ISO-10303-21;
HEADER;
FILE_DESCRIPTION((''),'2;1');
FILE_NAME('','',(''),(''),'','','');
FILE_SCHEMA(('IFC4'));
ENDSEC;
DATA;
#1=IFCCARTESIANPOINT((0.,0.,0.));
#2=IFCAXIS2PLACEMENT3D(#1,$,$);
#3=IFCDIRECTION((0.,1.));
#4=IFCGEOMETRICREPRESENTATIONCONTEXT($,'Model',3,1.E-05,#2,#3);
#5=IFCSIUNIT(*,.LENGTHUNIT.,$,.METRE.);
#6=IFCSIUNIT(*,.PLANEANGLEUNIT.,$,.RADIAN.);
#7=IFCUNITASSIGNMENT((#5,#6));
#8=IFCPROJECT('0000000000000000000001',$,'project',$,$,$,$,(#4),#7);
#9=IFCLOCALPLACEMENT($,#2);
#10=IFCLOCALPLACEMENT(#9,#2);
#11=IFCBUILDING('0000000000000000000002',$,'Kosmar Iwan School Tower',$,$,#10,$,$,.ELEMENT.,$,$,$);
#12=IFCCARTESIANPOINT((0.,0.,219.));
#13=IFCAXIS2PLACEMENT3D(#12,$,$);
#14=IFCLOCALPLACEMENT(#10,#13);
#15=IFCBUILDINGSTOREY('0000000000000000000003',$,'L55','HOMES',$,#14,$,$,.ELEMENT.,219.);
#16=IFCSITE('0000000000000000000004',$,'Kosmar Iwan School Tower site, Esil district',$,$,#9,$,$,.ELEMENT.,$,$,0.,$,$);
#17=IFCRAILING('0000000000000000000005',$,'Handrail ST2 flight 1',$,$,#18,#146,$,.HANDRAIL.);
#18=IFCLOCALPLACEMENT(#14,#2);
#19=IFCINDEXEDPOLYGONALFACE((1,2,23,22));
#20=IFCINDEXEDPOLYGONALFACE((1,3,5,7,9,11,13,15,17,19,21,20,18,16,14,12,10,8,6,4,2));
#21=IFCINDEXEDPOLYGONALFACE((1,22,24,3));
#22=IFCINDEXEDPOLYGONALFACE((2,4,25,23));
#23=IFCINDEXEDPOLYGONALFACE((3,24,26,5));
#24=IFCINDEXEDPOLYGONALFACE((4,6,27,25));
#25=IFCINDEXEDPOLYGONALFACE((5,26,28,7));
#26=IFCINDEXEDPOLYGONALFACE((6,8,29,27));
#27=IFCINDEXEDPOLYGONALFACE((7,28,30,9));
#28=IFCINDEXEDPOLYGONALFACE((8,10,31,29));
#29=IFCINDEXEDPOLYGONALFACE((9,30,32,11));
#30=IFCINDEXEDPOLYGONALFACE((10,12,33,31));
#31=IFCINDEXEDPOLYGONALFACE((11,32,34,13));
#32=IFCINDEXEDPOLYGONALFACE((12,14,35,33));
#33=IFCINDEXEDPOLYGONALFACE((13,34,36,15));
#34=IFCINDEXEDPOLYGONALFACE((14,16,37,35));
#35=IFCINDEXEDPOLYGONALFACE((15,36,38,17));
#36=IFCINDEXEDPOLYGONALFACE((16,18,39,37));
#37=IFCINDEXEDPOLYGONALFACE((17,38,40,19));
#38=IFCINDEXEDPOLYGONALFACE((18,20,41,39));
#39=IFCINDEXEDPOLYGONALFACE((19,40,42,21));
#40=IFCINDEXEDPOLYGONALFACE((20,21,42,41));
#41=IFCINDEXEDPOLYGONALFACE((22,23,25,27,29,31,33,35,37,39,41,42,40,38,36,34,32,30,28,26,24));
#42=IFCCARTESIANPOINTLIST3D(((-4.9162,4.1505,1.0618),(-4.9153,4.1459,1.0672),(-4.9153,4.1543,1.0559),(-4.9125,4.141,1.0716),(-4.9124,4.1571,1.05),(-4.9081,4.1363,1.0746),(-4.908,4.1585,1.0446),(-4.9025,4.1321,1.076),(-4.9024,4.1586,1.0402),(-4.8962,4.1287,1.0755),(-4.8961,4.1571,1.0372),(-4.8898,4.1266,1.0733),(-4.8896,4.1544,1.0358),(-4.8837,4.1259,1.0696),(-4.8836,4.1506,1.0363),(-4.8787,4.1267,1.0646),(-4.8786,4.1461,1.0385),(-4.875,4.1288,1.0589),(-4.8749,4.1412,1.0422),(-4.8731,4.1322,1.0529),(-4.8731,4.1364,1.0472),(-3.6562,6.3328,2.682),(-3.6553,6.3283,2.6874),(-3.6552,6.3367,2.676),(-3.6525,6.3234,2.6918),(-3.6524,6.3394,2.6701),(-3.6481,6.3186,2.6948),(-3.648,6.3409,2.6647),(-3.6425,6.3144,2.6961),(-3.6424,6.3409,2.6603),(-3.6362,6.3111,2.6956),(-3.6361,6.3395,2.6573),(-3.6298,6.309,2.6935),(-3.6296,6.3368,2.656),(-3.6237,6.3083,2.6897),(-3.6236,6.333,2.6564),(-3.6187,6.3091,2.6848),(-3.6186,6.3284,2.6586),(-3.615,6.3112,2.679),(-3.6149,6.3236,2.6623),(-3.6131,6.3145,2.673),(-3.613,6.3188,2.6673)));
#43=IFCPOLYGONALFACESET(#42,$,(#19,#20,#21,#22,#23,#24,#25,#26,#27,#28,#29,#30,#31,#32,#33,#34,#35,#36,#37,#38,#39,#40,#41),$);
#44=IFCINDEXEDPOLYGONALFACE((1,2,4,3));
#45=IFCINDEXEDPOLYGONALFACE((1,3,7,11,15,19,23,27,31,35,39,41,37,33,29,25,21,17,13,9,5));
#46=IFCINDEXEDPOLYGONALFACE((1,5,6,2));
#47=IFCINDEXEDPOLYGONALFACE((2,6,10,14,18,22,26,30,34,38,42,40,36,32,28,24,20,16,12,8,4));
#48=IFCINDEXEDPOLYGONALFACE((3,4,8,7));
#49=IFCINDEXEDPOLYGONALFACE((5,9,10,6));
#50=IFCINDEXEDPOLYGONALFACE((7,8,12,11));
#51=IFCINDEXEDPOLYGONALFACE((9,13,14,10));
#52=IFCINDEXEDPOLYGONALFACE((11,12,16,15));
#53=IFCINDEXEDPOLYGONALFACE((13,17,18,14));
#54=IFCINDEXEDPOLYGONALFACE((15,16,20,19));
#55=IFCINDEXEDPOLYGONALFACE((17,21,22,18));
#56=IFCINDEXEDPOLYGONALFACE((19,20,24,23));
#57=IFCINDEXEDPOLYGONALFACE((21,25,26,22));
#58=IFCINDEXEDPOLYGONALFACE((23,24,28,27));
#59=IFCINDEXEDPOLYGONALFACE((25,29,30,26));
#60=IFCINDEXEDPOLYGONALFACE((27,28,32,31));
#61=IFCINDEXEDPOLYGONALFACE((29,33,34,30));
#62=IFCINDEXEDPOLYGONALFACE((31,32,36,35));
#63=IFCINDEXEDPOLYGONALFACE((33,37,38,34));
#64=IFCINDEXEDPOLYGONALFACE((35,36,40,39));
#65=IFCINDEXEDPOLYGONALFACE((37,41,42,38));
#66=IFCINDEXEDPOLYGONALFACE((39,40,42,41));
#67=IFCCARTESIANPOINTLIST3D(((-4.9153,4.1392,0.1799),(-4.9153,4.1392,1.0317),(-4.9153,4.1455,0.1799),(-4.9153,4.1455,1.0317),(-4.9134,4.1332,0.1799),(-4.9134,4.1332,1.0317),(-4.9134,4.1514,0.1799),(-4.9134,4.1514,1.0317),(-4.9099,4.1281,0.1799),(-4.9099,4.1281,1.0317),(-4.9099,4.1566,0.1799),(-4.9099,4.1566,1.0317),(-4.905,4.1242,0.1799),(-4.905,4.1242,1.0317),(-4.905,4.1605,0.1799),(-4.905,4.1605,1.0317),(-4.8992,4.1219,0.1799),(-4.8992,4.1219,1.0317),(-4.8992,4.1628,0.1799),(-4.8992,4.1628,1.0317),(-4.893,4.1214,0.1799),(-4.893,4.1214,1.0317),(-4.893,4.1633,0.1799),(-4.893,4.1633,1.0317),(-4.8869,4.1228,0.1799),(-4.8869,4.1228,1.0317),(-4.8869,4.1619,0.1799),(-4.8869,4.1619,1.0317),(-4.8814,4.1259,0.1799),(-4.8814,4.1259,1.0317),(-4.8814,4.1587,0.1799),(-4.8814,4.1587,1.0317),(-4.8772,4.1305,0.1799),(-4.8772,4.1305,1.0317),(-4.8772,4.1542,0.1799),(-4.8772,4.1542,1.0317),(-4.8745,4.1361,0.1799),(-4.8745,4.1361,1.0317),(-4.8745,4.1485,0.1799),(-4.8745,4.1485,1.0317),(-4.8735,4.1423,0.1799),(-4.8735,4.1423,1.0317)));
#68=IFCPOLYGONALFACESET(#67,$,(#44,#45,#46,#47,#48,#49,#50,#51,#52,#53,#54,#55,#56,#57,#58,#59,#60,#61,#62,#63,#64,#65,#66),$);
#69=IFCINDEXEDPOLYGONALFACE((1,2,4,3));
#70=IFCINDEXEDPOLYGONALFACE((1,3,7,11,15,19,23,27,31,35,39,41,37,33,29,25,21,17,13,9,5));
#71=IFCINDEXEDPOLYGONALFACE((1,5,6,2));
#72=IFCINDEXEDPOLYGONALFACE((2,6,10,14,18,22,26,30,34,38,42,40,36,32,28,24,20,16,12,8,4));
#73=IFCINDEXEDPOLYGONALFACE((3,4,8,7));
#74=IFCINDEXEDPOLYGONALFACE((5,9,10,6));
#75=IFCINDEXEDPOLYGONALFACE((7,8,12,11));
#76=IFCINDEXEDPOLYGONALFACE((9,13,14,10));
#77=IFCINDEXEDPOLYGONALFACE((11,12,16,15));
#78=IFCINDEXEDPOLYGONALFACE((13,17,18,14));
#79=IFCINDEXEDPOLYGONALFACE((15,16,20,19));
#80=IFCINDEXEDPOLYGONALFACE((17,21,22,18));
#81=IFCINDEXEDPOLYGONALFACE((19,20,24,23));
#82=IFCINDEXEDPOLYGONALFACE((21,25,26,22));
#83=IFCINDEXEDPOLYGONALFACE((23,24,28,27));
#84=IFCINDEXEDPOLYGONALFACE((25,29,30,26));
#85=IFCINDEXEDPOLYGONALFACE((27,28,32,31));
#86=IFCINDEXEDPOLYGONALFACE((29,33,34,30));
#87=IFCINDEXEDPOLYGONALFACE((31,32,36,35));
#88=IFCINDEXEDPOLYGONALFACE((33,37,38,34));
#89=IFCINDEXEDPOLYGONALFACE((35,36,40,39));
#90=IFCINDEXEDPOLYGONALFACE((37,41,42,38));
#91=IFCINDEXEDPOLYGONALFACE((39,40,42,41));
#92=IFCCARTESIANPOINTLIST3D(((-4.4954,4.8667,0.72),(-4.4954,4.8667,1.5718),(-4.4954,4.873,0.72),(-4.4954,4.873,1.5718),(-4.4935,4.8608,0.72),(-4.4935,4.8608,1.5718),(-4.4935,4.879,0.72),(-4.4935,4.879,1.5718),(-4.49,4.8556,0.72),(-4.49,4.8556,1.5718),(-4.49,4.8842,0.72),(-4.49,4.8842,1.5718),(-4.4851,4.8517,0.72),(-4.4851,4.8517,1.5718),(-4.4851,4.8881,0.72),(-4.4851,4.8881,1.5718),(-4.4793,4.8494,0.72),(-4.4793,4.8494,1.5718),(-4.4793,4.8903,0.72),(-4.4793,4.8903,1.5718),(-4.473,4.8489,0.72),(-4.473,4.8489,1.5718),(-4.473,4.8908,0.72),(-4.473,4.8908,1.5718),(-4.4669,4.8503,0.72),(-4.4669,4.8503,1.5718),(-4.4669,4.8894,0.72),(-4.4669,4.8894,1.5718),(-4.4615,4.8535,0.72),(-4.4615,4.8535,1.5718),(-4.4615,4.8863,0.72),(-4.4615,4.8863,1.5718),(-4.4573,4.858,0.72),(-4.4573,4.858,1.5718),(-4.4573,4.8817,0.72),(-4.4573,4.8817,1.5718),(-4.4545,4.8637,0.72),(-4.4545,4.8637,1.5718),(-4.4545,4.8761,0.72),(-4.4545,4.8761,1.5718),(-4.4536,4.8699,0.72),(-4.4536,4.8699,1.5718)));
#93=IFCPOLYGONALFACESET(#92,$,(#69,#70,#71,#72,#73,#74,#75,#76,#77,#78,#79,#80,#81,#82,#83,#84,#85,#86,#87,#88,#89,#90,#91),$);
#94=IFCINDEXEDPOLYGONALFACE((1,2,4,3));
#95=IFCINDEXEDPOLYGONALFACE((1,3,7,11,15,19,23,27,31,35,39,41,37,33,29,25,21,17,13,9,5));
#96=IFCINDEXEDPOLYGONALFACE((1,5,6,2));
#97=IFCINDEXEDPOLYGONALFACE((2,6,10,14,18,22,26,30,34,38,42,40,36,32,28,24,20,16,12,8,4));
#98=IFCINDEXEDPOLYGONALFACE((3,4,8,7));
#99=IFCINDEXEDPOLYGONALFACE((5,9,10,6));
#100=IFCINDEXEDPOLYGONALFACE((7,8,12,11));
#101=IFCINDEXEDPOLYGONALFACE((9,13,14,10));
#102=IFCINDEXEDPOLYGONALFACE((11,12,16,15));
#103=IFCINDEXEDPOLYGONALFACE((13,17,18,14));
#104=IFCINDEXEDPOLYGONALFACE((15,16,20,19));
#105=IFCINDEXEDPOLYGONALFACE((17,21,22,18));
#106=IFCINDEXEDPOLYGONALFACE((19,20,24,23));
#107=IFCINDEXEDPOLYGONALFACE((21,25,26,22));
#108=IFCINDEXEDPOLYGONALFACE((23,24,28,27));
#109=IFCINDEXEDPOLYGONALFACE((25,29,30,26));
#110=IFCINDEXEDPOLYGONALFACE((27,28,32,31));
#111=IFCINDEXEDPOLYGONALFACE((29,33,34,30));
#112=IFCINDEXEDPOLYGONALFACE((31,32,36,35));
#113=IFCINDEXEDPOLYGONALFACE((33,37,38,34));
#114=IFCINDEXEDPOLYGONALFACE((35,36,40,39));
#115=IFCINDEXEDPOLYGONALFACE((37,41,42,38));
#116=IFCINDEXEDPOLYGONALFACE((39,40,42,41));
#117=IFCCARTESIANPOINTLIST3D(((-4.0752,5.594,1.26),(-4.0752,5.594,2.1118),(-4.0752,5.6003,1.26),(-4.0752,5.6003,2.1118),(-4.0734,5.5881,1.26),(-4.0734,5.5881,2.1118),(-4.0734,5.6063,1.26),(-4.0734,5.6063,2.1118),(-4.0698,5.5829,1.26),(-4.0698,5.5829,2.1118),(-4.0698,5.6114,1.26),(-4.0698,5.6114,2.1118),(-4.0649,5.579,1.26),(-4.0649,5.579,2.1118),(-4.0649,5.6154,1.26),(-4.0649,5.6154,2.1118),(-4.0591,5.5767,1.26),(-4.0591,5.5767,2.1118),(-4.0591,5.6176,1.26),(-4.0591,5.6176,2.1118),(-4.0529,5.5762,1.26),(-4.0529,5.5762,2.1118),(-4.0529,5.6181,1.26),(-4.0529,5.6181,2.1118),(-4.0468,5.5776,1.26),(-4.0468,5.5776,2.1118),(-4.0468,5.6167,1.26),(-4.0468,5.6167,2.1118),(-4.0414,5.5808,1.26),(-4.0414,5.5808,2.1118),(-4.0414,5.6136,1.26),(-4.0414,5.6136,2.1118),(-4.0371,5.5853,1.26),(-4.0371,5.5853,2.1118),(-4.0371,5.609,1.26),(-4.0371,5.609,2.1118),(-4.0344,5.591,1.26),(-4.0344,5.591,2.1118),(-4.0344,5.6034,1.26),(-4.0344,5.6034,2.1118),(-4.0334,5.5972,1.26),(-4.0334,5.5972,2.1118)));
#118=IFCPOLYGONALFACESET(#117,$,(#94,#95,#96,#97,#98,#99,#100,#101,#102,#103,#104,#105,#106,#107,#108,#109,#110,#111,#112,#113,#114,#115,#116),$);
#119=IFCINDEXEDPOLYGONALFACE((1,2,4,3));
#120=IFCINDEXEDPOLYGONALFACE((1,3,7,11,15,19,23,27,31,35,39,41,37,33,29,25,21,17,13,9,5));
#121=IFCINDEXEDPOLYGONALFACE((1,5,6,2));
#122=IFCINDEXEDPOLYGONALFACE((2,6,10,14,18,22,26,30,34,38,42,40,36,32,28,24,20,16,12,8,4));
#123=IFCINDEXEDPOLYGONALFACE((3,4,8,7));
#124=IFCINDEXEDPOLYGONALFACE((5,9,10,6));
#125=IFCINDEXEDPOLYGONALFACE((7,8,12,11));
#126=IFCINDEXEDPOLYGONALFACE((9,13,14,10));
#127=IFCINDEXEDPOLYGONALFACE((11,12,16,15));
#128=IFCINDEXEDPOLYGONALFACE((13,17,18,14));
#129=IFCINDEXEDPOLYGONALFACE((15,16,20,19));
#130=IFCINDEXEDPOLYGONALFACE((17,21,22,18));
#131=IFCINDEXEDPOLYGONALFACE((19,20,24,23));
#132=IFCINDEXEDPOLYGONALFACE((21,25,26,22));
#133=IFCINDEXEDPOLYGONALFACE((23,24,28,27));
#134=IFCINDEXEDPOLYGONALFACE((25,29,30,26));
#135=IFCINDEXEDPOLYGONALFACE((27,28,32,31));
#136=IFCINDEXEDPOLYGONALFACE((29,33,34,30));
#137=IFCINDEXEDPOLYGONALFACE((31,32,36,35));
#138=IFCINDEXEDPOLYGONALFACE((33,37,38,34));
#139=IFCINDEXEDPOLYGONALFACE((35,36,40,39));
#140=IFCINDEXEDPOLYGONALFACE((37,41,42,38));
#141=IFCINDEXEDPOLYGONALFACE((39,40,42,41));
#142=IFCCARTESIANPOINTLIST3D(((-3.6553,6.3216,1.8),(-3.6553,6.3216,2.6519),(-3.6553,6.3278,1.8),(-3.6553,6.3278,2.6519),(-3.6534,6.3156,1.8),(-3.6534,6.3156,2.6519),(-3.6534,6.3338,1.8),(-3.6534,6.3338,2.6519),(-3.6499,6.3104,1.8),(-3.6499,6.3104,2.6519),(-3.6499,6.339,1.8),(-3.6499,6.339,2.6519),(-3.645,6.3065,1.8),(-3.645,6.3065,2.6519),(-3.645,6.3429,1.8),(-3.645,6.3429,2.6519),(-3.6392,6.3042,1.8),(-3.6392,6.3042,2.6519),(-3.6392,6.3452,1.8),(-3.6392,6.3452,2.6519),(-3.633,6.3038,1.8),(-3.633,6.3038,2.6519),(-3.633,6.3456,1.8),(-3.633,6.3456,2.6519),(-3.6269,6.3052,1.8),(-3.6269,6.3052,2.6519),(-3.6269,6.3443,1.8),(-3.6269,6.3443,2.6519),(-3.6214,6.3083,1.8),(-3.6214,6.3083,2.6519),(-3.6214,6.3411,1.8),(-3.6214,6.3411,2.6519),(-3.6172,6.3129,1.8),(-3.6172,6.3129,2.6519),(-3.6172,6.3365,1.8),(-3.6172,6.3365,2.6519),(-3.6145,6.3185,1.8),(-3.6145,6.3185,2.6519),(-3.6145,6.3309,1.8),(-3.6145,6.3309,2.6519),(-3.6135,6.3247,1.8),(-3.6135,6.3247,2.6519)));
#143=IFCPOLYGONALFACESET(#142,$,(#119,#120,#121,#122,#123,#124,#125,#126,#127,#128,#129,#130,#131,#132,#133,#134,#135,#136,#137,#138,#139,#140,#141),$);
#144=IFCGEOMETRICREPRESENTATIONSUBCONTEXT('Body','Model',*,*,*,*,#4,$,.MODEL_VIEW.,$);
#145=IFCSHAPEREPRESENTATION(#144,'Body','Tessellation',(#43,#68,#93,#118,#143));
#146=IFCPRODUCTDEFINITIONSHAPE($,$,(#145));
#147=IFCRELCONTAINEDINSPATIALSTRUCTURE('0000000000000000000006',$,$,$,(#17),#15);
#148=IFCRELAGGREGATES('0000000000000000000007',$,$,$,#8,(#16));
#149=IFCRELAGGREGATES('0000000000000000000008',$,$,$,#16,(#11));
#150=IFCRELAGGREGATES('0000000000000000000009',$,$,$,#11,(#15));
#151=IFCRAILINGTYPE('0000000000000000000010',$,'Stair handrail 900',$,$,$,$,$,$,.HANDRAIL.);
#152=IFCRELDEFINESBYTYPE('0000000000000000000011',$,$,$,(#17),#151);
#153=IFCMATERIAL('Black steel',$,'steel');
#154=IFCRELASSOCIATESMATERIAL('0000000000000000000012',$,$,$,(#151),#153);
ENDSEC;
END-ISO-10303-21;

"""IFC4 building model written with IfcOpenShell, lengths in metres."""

from ifc_helpers import new_model, si_unit, direction, frame, origin, origin_2d, place, context, subcontext, project, spatial, circle, extrude, material, type_object, element, save


model = new_model("IFC4")

# Units and contexts
model_context = context("Model", 3, precision=1e-05, world=origin(), true_north=direction((0.0, 1.0)))
body_context = subcontext(model_context, "Body", "Model", "MODEL_VIEW")
ifc_project = project(units=[si_unit("LENGTHUNIT", "METRE"), si_unit("PLANEANGLEUNIT", "RADIAN")], contexts=[model_context])

# Site, building, storey
site_placement = place(None, origin())
site = spatial("IfcSite", under=ifc_project, at=site_placement, Name="Kosmar Iwan School Tower site, Esil district", CompositionType="ELEMENT", RefElevation=0.0)
building_placement = place(site_placement, origin())
building = spatial("IfcBuilding", under=site, at=building_placement, Name="Kosmar Iwan School Tower", CompositionType="ELEMENT")
storey_placement = place(building_placement, frame((0.0, 0.0, 219.0)))
storey = spatial("IfcBuildingStorey", under=building, at=storey_placement, Name="L55", Description="HOMES", CompositionType="ELEMENT", Elevation=219.0)

# Railing
ifc_material_1 = material(Name="Black steel", Category="steel")
railing_type = type_object("IfcRailingType", Name="Stair handrail 900", PredefinedType="HANDRAIL", material=ifc_material_1)
railing_1_placement = place(storey_placement, frame((-4.8945, 4.1423, 0.1799)))
element("IfcRailing", 1, at=railing_1_placement, inside=storey, type_object=railing_type, Name="Handrail ST2 flight 1", PredefinedType="HANDRAIL", context=body_context, shape_type="SweptSolid", body=[
    extrude(circle(Radius=0.0239, at=origin_2d()), frame((0.0, 0.0, 0.876), z_axis=(0.420584, 0.728464, 0.540786), x_axis=(-0.866023, 0.500005, 0.0)), (0.0, 0.0, 1.0), 2.9958),
    extrude(circle(Radius=0.021, at=origin_2d()), origin(), (0.0, 0.0, 1.0), 0.8518),
    extrude(circle(Radius=0.021, at=origin_2d()), frame((0.4199, 0.7275, 0.54)), (0.0, 0.0, 1.0), 0.8518),
    extrude(circle(Radius=0.021, at=origin_2d()), frame((0.8401, 1.4548, 1.0801)), (0.0, 0.0, 1.0), 0.8518),
    extrude(circle(Radius=0.021, at=origin_2d()), frame((1.26, 2.1824, 1.6201)), (0.0, 0.0, 1.0), 0.8518),
])

save(model, "model.ifc")
